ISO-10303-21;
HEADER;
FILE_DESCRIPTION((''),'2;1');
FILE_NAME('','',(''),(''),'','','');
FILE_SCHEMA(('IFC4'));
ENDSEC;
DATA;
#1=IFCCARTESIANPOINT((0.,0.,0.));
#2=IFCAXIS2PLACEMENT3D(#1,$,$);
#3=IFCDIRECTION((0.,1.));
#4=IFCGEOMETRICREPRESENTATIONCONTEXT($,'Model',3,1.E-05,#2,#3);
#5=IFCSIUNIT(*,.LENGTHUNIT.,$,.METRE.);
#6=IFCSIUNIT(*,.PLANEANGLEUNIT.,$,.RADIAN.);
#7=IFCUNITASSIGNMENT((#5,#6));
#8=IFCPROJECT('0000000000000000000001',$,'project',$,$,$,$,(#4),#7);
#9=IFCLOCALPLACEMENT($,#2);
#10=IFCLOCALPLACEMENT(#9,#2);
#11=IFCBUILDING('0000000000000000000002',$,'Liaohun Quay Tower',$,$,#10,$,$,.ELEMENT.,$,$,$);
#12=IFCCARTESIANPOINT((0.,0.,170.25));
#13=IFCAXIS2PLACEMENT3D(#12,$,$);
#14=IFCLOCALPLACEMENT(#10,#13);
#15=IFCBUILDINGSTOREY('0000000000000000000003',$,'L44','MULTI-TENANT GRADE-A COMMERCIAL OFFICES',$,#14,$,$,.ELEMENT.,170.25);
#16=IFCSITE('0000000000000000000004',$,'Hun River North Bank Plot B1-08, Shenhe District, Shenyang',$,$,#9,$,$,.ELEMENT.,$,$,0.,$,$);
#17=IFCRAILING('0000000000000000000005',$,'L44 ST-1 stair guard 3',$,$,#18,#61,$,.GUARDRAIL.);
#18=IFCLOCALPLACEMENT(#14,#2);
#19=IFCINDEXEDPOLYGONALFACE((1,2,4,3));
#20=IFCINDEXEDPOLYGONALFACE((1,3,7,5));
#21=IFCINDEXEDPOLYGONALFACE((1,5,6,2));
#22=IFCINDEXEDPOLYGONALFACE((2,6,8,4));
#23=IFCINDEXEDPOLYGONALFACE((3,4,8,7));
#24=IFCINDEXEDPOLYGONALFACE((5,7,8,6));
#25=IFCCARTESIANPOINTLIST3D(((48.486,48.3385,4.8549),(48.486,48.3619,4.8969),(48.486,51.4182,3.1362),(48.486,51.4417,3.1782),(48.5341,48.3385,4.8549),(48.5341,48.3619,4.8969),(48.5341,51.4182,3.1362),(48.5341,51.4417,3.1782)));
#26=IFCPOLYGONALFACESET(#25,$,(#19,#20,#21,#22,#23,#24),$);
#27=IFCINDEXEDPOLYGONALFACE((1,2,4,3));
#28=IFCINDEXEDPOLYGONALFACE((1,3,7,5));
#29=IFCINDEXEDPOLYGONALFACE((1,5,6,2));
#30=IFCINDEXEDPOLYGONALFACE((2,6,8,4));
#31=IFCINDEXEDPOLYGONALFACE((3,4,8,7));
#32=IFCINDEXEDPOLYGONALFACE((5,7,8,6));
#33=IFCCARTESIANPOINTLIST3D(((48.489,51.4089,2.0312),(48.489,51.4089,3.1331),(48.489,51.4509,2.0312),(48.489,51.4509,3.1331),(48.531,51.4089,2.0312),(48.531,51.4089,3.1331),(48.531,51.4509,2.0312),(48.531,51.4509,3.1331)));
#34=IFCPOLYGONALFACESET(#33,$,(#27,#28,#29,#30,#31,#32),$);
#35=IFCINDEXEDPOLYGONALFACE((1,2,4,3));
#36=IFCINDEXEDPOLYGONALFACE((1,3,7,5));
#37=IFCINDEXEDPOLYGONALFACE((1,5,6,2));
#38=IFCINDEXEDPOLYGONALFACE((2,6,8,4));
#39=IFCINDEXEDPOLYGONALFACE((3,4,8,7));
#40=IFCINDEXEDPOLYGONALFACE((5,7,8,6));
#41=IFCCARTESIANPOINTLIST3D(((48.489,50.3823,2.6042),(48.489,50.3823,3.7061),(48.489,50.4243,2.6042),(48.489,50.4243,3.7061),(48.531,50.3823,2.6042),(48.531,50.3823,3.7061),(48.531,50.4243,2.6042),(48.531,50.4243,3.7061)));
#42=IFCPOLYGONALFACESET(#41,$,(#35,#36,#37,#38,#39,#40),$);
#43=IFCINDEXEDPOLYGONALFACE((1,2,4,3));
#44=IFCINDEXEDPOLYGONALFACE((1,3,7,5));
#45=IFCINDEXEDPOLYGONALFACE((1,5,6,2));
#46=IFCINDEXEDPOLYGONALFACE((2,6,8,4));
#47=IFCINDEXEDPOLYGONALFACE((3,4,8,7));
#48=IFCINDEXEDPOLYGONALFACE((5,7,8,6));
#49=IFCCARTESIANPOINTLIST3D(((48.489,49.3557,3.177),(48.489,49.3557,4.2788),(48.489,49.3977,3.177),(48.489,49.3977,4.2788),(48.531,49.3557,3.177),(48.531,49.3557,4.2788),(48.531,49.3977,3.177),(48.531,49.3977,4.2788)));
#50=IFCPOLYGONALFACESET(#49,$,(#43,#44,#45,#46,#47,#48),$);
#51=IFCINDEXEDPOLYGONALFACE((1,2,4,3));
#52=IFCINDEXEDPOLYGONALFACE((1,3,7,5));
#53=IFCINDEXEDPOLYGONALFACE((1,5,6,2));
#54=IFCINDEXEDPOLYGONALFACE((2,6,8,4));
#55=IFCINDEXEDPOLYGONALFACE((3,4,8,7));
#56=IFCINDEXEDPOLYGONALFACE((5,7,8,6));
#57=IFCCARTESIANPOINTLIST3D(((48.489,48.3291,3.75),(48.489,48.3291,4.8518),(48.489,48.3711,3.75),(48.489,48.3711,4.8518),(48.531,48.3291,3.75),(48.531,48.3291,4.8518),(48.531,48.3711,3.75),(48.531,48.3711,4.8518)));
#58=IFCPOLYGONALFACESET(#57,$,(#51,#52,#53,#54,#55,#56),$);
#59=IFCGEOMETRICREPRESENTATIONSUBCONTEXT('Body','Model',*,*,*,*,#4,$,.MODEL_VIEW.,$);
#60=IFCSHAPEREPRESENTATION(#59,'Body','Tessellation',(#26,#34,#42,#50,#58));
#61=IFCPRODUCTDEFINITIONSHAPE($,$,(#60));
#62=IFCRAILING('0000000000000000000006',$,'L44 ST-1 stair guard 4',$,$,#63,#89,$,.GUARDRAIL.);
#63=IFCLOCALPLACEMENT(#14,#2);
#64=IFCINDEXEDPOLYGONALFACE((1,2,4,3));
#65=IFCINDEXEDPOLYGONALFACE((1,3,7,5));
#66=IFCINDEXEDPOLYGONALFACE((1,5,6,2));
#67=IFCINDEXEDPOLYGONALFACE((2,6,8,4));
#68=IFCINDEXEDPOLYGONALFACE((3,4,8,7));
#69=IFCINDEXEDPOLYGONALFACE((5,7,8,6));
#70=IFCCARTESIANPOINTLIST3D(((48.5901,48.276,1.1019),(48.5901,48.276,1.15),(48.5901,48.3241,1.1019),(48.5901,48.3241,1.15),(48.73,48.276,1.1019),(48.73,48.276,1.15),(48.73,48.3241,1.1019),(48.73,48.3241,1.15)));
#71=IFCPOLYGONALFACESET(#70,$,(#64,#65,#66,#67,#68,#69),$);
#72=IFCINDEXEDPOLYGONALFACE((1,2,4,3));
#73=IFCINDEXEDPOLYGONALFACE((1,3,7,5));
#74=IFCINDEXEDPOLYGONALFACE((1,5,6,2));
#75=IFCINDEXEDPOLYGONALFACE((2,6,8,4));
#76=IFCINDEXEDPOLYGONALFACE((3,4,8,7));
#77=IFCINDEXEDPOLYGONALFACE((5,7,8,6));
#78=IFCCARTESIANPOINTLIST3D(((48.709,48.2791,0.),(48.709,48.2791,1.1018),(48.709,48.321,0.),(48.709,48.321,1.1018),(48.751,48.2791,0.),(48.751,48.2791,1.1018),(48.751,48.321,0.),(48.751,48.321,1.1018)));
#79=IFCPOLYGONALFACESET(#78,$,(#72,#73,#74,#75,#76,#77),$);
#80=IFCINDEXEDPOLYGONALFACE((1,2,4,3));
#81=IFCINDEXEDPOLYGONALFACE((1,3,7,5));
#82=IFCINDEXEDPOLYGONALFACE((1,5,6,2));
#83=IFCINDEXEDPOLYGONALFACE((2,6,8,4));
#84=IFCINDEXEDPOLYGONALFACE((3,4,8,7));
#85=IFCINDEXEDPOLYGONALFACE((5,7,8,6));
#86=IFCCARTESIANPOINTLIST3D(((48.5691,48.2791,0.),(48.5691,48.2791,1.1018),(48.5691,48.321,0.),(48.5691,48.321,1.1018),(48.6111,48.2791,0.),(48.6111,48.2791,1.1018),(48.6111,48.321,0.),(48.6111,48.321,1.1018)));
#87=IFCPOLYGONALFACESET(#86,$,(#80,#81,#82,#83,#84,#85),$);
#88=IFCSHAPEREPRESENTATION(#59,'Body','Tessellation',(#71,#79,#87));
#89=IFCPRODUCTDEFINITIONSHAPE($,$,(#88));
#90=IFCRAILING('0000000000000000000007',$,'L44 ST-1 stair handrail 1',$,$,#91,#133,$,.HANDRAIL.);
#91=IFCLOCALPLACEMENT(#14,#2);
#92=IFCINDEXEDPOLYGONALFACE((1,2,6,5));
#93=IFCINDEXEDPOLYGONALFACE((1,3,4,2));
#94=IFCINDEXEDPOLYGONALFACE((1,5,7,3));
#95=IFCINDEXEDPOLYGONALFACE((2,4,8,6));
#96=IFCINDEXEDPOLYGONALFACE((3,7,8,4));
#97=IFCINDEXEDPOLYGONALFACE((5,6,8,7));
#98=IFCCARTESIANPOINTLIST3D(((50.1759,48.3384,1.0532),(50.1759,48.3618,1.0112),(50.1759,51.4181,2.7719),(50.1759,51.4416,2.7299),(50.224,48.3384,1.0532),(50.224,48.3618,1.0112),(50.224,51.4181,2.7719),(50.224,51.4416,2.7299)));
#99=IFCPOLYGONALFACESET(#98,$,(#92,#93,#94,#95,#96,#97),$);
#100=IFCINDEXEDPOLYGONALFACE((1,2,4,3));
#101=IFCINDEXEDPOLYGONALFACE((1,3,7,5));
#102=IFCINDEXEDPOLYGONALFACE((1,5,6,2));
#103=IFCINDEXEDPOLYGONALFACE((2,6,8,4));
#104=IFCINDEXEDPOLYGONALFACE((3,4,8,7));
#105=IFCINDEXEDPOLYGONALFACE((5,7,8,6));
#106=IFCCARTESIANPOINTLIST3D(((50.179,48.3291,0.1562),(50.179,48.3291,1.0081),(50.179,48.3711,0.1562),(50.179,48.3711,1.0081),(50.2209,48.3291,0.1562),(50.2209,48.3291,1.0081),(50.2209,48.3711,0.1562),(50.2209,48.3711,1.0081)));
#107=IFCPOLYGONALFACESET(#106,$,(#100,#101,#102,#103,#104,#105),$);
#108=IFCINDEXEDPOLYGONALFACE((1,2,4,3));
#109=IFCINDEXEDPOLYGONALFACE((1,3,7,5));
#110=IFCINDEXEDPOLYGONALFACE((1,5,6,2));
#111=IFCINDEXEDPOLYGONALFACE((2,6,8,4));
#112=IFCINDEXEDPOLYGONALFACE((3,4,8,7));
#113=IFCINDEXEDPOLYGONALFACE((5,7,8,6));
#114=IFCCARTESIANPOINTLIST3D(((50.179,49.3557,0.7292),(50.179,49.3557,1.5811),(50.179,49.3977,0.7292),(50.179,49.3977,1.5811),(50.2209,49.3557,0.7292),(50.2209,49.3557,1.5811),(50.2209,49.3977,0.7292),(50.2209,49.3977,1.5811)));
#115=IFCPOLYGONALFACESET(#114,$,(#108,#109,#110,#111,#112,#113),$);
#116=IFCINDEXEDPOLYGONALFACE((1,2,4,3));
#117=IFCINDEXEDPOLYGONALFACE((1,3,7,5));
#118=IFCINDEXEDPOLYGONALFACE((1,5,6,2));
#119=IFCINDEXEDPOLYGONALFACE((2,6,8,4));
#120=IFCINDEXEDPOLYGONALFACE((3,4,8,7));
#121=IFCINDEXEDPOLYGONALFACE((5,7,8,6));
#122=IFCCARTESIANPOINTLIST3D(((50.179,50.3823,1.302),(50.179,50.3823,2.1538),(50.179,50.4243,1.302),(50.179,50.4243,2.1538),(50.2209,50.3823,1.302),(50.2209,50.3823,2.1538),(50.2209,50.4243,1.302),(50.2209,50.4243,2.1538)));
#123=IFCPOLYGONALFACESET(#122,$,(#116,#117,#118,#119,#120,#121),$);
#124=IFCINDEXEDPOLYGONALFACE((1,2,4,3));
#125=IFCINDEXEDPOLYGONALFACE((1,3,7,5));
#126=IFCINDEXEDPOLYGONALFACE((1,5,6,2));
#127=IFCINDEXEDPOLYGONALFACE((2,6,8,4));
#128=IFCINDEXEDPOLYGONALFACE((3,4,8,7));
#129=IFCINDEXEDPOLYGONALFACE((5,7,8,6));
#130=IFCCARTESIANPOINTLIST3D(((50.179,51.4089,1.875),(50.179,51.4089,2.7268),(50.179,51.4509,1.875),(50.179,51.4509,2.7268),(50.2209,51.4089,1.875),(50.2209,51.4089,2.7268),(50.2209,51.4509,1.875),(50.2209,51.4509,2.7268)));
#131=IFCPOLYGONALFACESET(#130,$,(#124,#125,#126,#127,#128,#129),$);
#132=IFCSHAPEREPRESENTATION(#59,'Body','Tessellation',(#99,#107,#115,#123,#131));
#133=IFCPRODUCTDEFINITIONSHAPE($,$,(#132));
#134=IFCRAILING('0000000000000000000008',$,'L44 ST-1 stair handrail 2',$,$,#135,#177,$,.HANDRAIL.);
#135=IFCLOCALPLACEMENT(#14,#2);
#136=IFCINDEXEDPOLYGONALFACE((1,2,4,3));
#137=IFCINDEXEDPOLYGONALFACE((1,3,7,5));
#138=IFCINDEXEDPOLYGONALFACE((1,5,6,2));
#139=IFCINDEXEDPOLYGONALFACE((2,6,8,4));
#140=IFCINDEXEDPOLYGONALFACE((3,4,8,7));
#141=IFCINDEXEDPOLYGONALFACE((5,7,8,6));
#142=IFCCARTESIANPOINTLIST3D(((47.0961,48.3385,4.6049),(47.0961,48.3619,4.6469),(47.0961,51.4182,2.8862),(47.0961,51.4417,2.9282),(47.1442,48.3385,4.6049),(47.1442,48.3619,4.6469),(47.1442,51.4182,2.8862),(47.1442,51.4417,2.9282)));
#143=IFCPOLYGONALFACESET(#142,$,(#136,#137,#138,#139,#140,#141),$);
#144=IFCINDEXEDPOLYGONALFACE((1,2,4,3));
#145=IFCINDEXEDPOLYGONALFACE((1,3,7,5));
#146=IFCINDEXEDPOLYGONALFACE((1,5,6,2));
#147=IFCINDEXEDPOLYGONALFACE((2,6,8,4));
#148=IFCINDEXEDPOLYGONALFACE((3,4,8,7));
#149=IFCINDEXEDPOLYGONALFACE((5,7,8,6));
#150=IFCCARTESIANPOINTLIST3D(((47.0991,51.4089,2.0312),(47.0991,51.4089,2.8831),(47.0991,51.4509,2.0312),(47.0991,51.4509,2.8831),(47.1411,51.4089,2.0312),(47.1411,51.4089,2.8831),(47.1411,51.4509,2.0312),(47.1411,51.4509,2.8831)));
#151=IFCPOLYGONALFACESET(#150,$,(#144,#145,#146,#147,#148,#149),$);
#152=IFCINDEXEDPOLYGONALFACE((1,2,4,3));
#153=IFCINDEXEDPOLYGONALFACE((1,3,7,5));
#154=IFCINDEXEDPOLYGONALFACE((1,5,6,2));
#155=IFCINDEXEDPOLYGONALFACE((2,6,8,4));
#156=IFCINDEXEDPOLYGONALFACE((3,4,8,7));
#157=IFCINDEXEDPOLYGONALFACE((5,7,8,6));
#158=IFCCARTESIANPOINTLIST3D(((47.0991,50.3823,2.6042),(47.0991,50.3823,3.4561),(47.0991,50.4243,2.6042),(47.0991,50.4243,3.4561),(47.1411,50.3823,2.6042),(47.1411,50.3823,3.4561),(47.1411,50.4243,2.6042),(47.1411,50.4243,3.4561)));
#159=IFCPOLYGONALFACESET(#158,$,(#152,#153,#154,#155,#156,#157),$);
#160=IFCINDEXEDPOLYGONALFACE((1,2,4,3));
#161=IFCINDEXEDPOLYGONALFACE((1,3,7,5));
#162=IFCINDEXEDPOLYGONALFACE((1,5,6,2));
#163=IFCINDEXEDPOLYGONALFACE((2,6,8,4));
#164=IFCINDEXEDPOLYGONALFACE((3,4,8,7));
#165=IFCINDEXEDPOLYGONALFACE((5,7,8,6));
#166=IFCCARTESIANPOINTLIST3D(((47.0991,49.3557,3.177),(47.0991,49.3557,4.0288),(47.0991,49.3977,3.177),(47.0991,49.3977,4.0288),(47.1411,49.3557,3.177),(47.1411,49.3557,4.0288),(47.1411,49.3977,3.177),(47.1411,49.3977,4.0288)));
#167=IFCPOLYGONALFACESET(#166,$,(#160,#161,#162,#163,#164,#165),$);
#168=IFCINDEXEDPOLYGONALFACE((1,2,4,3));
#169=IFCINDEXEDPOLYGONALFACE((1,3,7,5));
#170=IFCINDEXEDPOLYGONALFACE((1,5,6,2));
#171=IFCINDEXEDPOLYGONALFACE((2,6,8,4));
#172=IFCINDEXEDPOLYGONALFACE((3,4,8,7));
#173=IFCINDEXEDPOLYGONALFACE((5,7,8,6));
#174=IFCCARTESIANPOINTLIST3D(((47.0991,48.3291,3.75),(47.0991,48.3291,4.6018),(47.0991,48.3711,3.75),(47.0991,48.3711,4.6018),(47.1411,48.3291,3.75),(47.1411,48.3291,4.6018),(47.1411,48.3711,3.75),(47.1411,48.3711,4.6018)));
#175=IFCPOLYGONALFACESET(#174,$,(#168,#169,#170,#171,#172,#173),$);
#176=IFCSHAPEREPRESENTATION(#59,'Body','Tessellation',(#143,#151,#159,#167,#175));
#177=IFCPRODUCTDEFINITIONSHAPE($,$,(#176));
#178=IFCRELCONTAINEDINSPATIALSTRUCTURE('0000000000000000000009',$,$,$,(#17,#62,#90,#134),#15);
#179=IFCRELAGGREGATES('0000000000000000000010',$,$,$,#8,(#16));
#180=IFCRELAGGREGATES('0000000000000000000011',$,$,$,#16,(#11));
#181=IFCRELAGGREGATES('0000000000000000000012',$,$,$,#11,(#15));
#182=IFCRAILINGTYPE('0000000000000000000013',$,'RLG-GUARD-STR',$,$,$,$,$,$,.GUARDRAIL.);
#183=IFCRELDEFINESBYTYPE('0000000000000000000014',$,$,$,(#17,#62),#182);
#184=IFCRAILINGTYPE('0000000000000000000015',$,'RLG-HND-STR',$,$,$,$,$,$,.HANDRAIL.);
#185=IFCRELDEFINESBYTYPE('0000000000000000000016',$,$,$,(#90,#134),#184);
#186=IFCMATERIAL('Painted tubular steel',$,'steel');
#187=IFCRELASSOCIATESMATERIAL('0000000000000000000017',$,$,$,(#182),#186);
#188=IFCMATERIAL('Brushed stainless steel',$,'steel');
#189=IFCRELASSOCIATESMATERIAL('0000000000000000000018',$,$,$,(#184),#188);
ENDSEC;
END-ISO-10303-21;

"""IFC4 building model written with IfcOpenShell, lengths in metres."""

from ifc_helpers import new_model, si_unit, direction, frame, origin, origin_2d, place, context, subcontext, project, spatial, rectangle, extrude, material, type_object, element, save


model = new_model("IFC4")

# Units and contexts
model_context = context("Model", 3, precision=1e-05, world=origin(), true_north=direction((0.0, 1.0)))
body_context = subcontext(model_context, "Body", "Model", "MODEL_VIEW")
ifc_project = project(units=[si_unit("LENGTHUNIT", "METRE"), si_unit("PLANEANGLEUNIT", "RADIAN")], contexts=[model_context])

# Site, building, storey
site_placement = place(None, origin())
site = spatial("IfcSite", under=ifc_project, at=site_placement, Name="Hun River North Bank Plot B1-08, Shenhe District, Shenyang", CompositionType="ELEMENT", RefElevation=0.0)
building_placement = place(site_placement, origin())
building = spatial("IfcBuilding", under=site, at=building_placement, Name="Liaohun Quay Tower", CompositionType="ELEMENT")
storey_placement = place(building_placement, frame((0.0, 0.0, 170.25)))
storey = spatial("IfcBuildingStorey", under=building, at=storey_placement, Name="L44", Description="MULTI-TENANT GRADE-A COMMERCIAL OFFICES", CompositionType="ELEMENT", Elevation=170.25)

# Railings
ifc_material_1 = material(Name="Painted tubular steel", Category="steel")
railing_type_1 = type_object("IfcRailingType", Name="RLG-GUARD-STR", PredefinedType="GUARDRAIL", material=ifc_material_1)
railing_1_placement = place(storey_placement, frame((48.51, 51.4299, 2.0312)))
element("IfcRailing", 1, at=railing_1_placement, inside=storey, type_object=railing_type_1, Name="L44 ST-1 stair guard 3", PredefinedType="GUARDRAIL", context=body_context, shape_type="SweptSolid", body=[
    extrude(rectangle(XDim=0.0481, YDim=0.0481, at=origin_2d()), frame((0.0, 0.0, 1.126), z_axis=(0.0, -0.873225, 0.487317), x_axis=(1.0, 0.0, 0.0)), (0.0, 0.0, 1.0), 3.5269),
    extrude(rectangle(XDim=0.042, YDim=0.042, at=origin_2d()), origin(), (0.0, 0.0, 1.0), 1.1018),
    extrude(rectangle(XDim=0.042, YDim=0.042, at=origin_2d()), frame((0.0, -1.0266, 0.573)), (0.0, 0.0, 1.0), 1.1018),
    extrude(rectangle(XDim=0.042, YDim=0.042, at=origin_2d()), frame((0.0, -2.0532, 1.1458)), (0.0, 0.0, 1.0), 1.1018),
    extrude(rectangle(XDim=0.042, YDim=0.042, at=origin_2d()), frame((0.0, -3.0798, 1.7188)), (0.0, 0.0, 1.0), 1.1018),
])
railing_2_placement = place(storey_placement, frame((48.73, 48.3, 0.0)))
element("IfcRailing", 2, at=railing_2_placement, inside=storey, type_object=railing_type_1, Name="L44 ST-1 stair guard 4", PredefinedType="GUARDRAIL", context=body_context, shape_type="SweptSolid", body=[
    extrude(rectangle(XDim=0.0481, YDim=0.0481, at=origin_2d()), frame((0.0, 0.0, 1.126), z_axis=(-1.0, 0.0, 0.0), x_axis=(0.0, -1.0, 0.0)), (0.0, 0.0, 1.0), 0.1399),
    extrude(rectangle(XDim=0.042, YDim=0.042, at=origin_2d()), origin(), (0.0, 0.0, 1.0), 1.1018),
    extrude(rectangle(XDim=0.042, YDim=0.042, at=origin_2d()), frame((-0.1399, 0.0, 0.0)), (0.0, 0.0, 1.0), 1.1018),
])
ifc_material_2 = material(Name="Brushed stainless steel", Category="steel")
railing_type_2 = type_object("IfcRailingType", Name="RLG-HND-STR", PredefinedType="HANDRAIL", material=ifc_material_2)
railing_3_placement = place(storey_placement, frame((50.2, 48.3501, 0.1562)))
element("IfcRailing", 3, at=railing_3_placement, inside=storey, type_object=railing_type_2, Name="L44 ST-1 stair handrail 1", PredefinedType="HANDRAIL", context=body_context, shape_type="SweptSolid", body=[
    extrude(rectangle(XDim=0.0481, YDim=0.0481, at=origin_2d()), frame((0.0, 0.0, 0.876), z_axis=(0.0, 0.873225, 0.487317), x_axis=(-1.0, 0.0, 0.0)), (0.0, 0.0, 1.0), 3.5269),
    extrude(rectangle(XDim=0.042, YDim=0.042, at=origin_2d()), origin(), (0.0, 0.0, 1.0), 0.8518),
    extrude(rectangle(XDim=0.042, YDim=0.042, at=origin_2d()), frame((0.0, 1.0266, 0.573)), (0.0, 0.0, 1.0), 0.8518),
    extrude(rectangle(XDim=0.042, YDim=0.042, at=origin_2d()), frame((0.0, 2.0532, 1.1458)), (0.0, 0.0, 1.0), 0.8518),
    extrude(rectangle(XDim=0.042, YDim=0.042, at=origin_2d()), frame((0.0, 3.0798, 1.7188)), (0.0, 0.0, 1.0), 0.8518),
])
railing_4_placement = place(storey_placement, frame((47.1201, 51.4299, 2.0312)))
element("IfcRailing", 4, at=railing_4_placement, inside=storey, type_object=railing_type_2, Name="L44 ST-1 stair handrail 2", PredefinedType="HANDRAIL", context=body_context, shape_type="SweptSolid", body=[
    extrude(rectangle(XDim=0.0481, YDim=0.0481, at=origin_2d()), frame((0.0, 0.0, 0.876), z_axis=(0.0, -0.873225, 0.487317), x_axis=(1.0, 0.0, 0.0)), (0.0, 0.0, 1.0), 3.5269),
    extrude(rectangle(XDim=0.042, YDim=0.042, at=origin_2d()), origin(), (0.0, 0.0, 1.0), 0.8518),
    extrude(rectangle(XDim=0.042, YDim=0.042, at=origin_2d()), frame((0.0, -1.0266, 0.573)), (0.0, 0.0, 1.0), 0.8518),
    extrude(rectangle(XDim=0.042, YDim=0.042, at=origin_2d()), frame((0.0, -2.0532, 1.1458)), (0.0, 0.0, 1.0), 0.8518),
    extrude(rectangle(XDim=0.042, YDim=0.042, at=origin_2d()), frame((0.0, -3.0798, 1.7188)), (0.0, 0.0, 1.0), 0.8518),
])

save(model, "model.ifc")
